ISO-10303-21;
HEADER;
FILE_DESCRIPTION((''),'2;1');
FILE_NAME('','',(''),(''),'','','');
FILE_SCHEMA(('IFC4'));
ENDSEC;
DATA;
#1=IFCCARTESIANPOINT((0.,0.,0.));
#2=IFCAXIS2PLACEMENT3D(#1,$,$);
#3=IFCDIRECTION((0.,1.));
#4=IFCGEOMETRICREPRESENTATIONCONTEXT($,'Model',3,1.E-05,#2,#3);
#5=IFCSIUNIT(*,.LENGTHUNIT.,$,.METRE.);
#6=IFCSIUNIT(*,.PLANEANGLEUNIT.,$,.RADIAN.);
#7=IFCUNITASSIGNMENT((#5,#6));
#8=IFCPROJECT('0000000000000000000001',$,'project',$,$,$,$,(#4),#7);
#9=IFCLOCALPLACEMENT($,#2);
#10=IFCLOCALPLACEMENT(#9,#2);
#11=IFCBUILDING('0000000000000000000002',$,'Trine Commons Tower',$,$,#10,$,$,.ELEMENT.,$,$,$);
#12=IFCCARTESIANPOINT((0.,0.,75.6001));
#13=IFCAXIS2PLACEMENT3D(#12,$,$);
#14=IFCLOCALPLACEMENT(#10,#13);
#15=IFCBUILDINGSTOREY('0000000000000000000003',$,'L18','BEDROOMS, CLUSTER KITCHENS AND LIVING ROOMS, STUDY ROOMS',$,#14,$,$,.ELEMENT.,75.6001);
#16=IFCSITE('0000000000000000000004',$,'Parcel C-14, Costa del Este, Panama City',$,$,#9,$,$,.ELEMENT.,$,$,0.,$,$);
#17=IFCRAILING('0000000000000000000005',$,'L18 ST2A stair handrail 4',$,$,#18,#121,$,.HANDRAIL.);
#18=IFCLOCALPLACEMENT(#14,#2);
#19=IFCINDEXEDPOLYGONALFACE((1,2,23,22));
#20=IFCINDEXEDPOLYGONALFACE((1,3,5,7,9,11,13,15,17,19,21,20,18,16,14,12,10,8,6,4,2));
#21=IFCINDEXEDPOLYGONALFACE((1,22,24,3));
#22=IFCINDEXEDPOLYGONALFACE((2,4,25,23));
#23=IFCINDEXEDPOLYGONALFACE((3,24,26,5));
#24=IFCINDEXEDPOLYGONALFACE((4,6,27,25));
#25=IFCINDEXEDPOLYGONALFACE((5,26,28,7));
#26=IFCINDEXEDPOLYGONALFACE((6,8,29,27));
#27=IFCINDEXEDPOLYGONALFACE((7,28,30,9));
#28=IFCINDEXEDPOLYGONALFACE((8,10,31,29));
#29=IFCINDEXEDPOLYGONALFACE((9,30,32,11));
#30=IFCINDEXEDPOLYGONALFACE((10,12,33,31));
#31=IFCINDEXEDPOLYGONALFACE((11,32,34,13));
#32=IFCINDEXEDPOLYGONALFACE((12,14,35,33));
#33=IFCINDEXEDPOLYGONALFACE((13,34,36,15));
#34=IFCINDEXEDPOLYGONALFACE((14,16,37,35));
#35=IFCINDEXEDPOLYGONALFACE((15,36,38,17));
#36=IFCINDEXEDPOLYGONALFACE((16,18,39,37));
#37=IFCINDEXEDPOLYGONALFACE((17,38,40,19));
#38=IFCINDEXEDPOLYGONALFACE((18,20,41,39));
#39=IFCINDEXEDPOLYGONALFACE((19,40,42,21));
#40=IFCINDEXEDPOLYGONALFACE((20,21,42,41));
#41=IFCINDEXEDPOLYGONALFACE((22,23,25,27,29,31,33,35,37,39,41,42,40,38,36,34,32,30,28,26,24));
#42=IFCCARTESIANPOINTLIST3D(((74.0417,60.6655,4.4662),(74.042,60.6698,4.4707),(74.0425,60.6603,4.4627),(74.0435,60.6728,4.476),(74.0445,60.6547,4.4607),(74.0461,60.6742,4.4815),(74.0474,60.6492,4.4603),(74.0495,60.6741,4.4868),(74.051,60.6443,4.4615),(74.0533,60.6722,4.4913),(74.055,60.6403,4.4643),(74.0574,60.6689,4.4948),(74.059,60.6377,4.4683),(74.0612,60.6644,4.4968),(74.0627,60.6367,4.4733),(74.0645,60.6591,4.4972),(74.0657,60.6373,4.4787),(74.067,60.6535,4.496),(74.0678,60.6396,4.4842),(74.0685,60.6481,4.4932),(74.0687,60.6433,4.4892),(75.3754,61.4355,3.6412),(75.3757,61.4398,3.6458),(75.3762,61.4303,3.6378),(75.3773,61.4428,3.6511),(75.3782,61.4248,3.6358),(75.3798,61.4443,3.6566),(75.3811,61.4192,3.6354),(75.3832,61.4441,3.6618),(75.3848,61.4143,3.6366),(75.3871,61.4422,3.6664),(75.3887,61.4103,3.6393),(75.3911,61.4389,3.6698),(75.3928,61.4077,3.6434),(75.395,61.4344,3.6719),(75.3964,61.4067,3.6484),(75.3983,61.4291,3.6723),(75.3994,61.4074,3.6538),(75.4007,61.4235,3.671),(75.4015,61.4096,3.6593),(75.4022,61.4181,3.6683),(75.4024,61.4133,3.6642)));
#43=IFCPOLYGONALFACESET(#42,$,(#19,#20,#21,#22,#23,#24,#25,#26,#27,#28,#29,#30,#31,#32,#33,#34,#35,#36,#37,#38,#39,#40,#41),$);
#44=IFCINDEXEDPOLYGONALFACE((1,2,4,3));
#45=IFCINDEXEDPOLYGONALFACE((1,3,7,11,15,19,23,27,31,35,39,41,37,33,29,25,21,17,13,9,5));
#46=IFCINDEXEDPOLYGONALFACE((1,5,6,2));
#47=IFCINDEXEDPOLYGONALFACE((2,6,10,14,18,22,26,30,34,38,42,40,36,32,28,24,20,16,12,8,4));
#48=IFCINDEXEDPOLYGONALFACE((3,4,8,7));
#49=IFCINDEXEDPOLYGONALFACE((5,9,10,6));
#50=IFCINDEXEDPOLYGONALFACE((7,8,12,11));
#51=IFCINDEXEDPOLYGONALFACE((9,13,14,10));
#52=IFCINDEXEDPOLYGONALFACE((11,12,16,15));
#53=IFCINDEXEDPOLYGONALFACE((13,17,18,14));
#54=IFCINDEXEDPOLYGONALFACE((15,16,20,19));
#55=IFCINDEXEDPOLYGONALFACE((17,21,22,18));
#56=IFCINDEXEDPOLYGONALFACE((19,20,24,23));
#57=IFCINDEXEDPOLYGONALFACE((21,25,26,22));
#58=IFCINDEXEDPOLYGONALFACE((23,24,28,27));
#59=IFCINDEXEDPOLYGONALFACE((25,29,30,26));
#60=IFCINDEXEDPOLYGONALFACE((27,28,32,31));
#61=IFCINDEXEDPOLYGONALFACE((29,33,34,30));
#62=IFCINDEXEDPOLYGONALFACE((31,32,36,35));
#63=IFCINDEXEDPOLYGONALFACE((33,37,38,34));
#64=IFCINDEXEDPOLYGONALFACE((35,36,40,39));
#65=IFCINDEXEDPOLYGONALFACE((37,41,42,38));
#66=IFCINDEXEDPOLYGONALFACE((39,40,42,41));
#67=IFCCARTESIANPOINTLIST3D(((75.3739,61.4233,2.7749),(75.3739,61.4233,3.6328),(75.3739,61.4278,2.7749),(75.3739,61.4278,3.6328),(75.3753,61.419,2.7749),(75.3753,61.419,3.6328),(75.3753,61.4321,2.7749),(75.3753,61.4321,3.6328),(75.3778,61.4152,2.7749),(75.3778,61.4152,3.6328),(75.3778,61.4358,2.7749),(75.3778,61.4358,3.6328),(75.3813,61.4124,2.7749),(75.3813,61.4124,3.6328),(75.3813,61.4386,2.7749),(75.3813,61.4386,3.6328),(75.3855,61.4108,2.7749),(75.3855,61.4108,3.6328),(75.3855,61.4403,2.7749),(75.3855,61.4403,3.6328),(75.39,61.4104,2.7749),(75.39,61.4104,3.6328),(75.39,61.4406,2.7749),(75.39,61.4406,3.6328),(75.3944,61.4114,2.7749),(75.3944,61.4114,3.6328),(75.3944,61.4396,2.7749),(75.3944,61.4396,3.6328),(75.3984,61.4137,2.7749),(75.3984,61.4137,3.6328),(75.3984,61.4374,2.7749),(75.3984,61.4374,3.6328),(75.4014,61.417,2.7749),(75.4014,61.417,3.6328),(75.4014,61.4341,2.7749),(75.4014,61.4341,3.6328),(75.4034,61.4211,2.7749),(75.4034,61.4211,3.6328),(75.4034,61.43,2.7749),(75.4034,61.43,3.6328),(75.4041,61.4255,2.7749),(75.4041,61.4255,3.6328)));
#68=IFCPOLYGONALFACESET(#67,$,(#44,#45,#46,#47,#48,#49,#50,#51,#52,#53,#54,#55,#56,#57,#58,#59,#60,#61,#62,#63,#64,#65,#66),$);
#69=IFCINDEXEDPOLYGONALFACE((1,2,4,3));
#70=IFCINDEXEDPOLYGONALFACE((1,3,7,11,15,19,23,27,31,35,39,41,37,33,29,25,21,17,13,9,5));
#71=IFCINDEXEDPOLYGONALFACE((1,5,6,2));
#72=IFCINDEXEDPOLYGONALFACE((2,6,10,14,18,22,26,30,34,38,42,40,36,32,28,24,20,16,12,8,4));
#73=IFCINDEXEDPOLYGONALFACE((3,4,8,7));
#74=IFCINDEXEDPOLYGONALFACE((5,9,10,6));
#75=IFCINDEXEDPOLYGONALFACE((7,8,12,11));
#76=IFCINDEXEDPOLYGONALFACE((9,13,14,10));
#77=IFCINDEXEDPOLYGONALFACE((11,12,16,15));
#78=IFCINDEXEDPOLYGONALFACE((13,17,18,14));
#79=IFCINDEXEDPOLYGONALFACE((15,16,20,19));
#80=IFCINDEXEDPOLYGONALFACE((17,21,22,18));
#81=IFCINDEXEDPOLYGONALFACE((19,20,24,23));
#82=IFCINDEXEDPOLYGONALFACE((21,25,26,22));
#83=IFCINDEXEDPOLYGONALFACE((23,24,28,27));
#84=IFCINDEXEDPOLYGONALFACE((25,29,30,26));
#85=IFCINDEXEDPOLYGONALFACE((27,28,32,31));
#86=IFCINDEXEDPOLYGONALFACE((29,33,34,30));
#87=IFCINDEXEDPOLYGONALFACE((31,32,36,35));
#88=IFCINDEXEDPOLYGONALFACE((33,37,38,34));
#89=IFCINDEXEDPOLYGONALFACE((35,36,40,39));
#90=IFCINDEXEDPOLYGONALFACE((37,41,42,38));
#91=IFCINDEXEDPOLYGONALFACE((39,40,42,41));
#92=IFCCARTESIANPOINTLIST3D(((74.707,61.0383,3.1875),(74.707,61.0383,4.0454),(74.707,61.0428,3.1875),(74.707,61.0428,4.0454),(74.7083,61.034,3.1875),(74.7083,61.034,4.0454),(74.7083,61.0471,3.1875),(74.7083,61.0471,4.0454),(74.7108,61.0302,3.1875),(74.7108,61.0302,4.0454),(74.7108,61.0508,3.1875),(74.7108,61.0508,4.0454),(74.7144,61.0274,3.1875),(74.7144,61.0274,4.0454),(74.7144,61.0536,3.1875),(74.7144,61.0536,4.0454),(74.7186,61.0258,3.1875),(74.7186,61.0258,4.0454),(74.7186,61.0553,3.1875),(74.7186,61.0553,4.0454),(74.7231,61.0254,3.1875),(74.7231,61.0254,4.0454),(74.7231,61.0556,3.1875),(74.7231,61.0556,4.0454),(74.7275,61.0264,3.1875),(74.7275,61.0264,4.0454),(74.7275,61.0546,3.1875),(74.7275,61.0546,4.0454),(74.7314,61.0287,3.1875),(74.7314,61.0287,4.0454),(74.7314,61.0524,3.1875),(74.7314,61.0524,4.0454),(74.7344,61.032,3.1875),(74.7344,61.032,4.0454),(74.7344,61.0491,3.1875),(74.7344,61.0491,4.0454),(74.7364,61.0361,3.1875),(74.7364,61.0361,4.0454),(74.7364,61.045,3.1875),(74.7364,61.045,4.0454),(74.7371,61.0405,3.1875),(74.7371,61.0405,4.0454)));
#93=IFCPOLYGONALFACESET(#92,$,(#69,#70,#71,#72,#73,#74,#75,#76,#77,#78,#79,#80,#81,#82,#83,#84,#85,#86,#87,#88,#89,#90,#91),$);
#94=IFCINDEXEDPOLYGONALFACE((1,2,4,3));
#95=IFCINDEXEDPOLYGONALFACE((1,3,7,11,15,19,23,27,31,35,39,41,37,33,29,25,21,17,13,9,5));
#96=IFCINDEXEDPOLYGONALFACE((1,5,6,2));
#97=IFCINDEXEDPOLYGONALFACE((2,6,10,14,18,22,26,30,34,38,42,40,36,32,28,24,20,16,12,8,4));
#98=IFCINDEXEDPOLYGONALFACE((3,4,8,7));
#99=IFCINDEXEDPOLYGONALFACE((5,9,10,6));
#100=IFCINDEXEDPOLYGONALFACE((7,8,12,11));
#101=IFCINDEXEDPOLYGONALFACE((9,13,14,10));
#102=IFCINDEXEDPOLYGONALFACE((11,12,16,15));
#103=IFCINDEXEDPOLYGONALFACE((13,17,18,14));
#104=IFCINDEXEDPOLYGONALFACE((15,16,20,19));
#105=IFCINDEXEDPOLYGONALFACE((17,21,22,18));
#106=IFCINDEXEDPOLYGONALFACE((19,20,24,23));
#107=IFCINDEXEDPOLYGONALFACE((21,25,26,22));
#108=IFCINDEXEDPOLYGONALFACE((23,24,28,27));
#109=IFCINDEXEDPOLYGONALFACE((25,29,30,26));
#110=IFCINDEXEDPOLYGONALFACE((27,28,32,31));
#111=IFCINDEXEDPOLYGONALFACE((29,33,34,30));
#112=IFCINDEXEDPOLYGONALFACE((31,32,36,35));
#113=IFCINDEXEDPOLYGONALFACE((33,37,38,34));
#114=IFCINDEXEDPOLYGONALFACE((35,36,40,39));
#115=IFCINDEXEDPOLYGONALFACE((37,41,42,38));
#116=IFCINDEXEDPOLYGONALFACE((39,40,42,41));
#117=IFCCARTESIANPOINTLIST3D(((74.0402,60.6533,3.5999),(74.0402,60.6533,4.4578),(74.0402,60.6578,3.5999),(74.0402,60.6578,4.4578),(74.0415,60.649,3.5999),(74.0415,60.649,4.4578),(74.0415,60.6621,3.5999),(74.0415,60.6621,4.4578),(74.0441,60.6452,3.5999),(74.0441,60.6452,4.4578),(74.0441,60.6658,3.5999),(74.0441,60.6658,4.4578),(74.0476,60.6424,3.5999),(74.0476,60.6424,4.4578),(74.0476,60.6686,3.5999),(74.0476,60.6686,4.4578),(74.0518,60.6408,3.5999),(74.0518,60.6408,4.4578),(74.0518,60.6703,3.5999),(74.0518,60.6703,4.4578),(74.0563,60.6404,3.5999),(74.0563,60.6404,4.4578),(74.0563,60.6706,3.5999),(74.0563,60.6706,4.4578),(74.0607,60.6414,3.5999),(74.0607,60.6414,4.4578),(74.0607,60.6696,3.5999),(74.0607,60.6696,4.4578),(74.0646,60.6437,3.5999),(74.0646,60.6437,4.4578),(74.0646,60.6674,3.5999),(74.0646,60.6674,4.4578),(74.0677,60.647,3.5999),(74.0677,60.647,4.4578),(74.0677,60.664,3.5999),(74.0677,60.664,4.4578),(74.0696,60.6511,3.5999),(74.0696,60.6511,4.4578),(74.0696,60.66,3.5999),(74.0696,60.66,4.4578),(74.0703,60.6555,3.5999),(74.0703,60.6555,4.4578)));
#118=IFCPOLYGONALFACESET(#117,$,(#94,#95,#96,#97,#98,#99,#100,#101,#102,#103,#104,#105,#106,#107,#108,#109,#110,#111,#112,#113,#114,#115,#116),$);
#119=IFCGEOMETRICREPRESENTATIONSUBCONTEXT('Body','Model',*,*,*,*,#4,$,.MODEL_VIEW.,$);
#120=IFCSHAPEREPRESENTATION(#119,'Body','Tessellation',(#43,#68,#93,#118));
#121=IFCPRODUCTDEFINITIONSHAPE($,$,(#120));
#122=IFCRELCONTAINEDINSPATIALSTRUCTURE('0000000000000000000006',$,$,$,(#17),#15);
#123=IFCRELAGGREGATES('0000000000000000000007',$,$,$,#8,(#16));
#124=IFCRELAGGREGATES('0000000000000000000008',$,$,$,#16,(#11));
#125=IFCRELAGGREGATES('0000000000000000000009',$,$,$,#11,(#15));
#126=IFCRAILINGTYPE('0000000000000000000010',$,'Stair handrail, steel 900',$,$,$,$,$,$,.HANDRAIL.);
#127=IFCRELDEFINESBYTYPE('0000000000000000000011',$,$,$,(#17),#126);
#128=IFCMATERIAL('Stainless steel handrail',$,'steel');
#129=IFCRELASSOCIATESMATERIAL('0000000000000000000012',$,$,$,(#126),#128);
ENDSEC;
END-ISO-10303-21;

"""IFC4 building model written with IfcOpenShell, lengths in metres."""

from ifc_helpers import new_model, si_unit, direction, frame, origin, origin_2d, place, context, subcontext, project, spatial, circle, extrude, material, type_object, element, save


model = new_model("IFC4")

# Units and contexts
model_context = context("Model", 3, precision=1e-05, world=origin(), true_north=direction((0.0, 1.0)))
body_context = subcontext(model_context, "Body", "Model", "MODEL_VIEW")
ifc_project = project(units=[si_unit("LENGTHUNIT", "METRE"), si_unit("PLANEANGLEUNIT", "RADIAN")], contexts=[model_context])

# Site, building, storey
site_placement = place(None, origin())
site = spatial("IfcSite", under=ifc_project, at=site_placement, Name="Parcel C-14, Costa del Este, Panama City", CompositionType="ELEMENT", RefElevation=0.0)
building_placement = place(site_placement, origin())
building = spatial("IfcBuilding", under=site, at=building_placement, Name="Trine Commons Tower", CompositionType="ELEMENT")
storey_placement = place(building_placement, frame((0.0, 0.0, 75.6001)))
storey = spatial("IfcBuildingStorey", under=building, at=storey_placement, Name="L18", Description="BEDROOMS, CLUSTER KITCHENS AND LIVING ROOMS, STUDY ROOMS", CompositionType="ELEMENT", Elevation=75.6001)

# Railing
ifc_material_1 = material(Name="Stainless steel handrail", Category="steel")
railing_type_1 = type_object("IfcRailingType", Name="Stair handrail, steel 900", PredefinedType="HANDRAIL", material=ifc_material_1)
railing_1_placement = place(storey_placement, frame((75.3889, 61.4255, 2.7749)))
element("IfcRailing", 1, at=railing_1_placement, inside=storey, type_object=railing_type_1, Name="L18 ST2A stair handrail 4", PredefinedType="HANDRAIL", context=body_context, shape_type="SweptSolid", body=[
    extrude(circle(Radius=0.021, at=origin_2d()), frame((0.0, 0.0, 0.8789), z_axis=(-0.763405, -0.440743, 0.472185), x_axis=(0.499992, -0.86603, 0.0)), (0.0, 0.0, 1.0), 1.7471),
    extrude(circle(Radius=0.0151, at=origin_2d()), origin(), (0.0, 0.0, 1.0), 0.8579),
    extrude(circle(Radius=0.0151, at=origin_2d()), frame((-0.667, -0.385, 0.4126)), (0.0, 0.0, 1.0), 0.8579),
    extrude(circle(Radius=0.0151, at=origin_2d()), frame((-1.3337, -0.77, 0.825)), (0.0, 0.0, 1.0), 0.8579),
])

save(model, "model.ifc")
